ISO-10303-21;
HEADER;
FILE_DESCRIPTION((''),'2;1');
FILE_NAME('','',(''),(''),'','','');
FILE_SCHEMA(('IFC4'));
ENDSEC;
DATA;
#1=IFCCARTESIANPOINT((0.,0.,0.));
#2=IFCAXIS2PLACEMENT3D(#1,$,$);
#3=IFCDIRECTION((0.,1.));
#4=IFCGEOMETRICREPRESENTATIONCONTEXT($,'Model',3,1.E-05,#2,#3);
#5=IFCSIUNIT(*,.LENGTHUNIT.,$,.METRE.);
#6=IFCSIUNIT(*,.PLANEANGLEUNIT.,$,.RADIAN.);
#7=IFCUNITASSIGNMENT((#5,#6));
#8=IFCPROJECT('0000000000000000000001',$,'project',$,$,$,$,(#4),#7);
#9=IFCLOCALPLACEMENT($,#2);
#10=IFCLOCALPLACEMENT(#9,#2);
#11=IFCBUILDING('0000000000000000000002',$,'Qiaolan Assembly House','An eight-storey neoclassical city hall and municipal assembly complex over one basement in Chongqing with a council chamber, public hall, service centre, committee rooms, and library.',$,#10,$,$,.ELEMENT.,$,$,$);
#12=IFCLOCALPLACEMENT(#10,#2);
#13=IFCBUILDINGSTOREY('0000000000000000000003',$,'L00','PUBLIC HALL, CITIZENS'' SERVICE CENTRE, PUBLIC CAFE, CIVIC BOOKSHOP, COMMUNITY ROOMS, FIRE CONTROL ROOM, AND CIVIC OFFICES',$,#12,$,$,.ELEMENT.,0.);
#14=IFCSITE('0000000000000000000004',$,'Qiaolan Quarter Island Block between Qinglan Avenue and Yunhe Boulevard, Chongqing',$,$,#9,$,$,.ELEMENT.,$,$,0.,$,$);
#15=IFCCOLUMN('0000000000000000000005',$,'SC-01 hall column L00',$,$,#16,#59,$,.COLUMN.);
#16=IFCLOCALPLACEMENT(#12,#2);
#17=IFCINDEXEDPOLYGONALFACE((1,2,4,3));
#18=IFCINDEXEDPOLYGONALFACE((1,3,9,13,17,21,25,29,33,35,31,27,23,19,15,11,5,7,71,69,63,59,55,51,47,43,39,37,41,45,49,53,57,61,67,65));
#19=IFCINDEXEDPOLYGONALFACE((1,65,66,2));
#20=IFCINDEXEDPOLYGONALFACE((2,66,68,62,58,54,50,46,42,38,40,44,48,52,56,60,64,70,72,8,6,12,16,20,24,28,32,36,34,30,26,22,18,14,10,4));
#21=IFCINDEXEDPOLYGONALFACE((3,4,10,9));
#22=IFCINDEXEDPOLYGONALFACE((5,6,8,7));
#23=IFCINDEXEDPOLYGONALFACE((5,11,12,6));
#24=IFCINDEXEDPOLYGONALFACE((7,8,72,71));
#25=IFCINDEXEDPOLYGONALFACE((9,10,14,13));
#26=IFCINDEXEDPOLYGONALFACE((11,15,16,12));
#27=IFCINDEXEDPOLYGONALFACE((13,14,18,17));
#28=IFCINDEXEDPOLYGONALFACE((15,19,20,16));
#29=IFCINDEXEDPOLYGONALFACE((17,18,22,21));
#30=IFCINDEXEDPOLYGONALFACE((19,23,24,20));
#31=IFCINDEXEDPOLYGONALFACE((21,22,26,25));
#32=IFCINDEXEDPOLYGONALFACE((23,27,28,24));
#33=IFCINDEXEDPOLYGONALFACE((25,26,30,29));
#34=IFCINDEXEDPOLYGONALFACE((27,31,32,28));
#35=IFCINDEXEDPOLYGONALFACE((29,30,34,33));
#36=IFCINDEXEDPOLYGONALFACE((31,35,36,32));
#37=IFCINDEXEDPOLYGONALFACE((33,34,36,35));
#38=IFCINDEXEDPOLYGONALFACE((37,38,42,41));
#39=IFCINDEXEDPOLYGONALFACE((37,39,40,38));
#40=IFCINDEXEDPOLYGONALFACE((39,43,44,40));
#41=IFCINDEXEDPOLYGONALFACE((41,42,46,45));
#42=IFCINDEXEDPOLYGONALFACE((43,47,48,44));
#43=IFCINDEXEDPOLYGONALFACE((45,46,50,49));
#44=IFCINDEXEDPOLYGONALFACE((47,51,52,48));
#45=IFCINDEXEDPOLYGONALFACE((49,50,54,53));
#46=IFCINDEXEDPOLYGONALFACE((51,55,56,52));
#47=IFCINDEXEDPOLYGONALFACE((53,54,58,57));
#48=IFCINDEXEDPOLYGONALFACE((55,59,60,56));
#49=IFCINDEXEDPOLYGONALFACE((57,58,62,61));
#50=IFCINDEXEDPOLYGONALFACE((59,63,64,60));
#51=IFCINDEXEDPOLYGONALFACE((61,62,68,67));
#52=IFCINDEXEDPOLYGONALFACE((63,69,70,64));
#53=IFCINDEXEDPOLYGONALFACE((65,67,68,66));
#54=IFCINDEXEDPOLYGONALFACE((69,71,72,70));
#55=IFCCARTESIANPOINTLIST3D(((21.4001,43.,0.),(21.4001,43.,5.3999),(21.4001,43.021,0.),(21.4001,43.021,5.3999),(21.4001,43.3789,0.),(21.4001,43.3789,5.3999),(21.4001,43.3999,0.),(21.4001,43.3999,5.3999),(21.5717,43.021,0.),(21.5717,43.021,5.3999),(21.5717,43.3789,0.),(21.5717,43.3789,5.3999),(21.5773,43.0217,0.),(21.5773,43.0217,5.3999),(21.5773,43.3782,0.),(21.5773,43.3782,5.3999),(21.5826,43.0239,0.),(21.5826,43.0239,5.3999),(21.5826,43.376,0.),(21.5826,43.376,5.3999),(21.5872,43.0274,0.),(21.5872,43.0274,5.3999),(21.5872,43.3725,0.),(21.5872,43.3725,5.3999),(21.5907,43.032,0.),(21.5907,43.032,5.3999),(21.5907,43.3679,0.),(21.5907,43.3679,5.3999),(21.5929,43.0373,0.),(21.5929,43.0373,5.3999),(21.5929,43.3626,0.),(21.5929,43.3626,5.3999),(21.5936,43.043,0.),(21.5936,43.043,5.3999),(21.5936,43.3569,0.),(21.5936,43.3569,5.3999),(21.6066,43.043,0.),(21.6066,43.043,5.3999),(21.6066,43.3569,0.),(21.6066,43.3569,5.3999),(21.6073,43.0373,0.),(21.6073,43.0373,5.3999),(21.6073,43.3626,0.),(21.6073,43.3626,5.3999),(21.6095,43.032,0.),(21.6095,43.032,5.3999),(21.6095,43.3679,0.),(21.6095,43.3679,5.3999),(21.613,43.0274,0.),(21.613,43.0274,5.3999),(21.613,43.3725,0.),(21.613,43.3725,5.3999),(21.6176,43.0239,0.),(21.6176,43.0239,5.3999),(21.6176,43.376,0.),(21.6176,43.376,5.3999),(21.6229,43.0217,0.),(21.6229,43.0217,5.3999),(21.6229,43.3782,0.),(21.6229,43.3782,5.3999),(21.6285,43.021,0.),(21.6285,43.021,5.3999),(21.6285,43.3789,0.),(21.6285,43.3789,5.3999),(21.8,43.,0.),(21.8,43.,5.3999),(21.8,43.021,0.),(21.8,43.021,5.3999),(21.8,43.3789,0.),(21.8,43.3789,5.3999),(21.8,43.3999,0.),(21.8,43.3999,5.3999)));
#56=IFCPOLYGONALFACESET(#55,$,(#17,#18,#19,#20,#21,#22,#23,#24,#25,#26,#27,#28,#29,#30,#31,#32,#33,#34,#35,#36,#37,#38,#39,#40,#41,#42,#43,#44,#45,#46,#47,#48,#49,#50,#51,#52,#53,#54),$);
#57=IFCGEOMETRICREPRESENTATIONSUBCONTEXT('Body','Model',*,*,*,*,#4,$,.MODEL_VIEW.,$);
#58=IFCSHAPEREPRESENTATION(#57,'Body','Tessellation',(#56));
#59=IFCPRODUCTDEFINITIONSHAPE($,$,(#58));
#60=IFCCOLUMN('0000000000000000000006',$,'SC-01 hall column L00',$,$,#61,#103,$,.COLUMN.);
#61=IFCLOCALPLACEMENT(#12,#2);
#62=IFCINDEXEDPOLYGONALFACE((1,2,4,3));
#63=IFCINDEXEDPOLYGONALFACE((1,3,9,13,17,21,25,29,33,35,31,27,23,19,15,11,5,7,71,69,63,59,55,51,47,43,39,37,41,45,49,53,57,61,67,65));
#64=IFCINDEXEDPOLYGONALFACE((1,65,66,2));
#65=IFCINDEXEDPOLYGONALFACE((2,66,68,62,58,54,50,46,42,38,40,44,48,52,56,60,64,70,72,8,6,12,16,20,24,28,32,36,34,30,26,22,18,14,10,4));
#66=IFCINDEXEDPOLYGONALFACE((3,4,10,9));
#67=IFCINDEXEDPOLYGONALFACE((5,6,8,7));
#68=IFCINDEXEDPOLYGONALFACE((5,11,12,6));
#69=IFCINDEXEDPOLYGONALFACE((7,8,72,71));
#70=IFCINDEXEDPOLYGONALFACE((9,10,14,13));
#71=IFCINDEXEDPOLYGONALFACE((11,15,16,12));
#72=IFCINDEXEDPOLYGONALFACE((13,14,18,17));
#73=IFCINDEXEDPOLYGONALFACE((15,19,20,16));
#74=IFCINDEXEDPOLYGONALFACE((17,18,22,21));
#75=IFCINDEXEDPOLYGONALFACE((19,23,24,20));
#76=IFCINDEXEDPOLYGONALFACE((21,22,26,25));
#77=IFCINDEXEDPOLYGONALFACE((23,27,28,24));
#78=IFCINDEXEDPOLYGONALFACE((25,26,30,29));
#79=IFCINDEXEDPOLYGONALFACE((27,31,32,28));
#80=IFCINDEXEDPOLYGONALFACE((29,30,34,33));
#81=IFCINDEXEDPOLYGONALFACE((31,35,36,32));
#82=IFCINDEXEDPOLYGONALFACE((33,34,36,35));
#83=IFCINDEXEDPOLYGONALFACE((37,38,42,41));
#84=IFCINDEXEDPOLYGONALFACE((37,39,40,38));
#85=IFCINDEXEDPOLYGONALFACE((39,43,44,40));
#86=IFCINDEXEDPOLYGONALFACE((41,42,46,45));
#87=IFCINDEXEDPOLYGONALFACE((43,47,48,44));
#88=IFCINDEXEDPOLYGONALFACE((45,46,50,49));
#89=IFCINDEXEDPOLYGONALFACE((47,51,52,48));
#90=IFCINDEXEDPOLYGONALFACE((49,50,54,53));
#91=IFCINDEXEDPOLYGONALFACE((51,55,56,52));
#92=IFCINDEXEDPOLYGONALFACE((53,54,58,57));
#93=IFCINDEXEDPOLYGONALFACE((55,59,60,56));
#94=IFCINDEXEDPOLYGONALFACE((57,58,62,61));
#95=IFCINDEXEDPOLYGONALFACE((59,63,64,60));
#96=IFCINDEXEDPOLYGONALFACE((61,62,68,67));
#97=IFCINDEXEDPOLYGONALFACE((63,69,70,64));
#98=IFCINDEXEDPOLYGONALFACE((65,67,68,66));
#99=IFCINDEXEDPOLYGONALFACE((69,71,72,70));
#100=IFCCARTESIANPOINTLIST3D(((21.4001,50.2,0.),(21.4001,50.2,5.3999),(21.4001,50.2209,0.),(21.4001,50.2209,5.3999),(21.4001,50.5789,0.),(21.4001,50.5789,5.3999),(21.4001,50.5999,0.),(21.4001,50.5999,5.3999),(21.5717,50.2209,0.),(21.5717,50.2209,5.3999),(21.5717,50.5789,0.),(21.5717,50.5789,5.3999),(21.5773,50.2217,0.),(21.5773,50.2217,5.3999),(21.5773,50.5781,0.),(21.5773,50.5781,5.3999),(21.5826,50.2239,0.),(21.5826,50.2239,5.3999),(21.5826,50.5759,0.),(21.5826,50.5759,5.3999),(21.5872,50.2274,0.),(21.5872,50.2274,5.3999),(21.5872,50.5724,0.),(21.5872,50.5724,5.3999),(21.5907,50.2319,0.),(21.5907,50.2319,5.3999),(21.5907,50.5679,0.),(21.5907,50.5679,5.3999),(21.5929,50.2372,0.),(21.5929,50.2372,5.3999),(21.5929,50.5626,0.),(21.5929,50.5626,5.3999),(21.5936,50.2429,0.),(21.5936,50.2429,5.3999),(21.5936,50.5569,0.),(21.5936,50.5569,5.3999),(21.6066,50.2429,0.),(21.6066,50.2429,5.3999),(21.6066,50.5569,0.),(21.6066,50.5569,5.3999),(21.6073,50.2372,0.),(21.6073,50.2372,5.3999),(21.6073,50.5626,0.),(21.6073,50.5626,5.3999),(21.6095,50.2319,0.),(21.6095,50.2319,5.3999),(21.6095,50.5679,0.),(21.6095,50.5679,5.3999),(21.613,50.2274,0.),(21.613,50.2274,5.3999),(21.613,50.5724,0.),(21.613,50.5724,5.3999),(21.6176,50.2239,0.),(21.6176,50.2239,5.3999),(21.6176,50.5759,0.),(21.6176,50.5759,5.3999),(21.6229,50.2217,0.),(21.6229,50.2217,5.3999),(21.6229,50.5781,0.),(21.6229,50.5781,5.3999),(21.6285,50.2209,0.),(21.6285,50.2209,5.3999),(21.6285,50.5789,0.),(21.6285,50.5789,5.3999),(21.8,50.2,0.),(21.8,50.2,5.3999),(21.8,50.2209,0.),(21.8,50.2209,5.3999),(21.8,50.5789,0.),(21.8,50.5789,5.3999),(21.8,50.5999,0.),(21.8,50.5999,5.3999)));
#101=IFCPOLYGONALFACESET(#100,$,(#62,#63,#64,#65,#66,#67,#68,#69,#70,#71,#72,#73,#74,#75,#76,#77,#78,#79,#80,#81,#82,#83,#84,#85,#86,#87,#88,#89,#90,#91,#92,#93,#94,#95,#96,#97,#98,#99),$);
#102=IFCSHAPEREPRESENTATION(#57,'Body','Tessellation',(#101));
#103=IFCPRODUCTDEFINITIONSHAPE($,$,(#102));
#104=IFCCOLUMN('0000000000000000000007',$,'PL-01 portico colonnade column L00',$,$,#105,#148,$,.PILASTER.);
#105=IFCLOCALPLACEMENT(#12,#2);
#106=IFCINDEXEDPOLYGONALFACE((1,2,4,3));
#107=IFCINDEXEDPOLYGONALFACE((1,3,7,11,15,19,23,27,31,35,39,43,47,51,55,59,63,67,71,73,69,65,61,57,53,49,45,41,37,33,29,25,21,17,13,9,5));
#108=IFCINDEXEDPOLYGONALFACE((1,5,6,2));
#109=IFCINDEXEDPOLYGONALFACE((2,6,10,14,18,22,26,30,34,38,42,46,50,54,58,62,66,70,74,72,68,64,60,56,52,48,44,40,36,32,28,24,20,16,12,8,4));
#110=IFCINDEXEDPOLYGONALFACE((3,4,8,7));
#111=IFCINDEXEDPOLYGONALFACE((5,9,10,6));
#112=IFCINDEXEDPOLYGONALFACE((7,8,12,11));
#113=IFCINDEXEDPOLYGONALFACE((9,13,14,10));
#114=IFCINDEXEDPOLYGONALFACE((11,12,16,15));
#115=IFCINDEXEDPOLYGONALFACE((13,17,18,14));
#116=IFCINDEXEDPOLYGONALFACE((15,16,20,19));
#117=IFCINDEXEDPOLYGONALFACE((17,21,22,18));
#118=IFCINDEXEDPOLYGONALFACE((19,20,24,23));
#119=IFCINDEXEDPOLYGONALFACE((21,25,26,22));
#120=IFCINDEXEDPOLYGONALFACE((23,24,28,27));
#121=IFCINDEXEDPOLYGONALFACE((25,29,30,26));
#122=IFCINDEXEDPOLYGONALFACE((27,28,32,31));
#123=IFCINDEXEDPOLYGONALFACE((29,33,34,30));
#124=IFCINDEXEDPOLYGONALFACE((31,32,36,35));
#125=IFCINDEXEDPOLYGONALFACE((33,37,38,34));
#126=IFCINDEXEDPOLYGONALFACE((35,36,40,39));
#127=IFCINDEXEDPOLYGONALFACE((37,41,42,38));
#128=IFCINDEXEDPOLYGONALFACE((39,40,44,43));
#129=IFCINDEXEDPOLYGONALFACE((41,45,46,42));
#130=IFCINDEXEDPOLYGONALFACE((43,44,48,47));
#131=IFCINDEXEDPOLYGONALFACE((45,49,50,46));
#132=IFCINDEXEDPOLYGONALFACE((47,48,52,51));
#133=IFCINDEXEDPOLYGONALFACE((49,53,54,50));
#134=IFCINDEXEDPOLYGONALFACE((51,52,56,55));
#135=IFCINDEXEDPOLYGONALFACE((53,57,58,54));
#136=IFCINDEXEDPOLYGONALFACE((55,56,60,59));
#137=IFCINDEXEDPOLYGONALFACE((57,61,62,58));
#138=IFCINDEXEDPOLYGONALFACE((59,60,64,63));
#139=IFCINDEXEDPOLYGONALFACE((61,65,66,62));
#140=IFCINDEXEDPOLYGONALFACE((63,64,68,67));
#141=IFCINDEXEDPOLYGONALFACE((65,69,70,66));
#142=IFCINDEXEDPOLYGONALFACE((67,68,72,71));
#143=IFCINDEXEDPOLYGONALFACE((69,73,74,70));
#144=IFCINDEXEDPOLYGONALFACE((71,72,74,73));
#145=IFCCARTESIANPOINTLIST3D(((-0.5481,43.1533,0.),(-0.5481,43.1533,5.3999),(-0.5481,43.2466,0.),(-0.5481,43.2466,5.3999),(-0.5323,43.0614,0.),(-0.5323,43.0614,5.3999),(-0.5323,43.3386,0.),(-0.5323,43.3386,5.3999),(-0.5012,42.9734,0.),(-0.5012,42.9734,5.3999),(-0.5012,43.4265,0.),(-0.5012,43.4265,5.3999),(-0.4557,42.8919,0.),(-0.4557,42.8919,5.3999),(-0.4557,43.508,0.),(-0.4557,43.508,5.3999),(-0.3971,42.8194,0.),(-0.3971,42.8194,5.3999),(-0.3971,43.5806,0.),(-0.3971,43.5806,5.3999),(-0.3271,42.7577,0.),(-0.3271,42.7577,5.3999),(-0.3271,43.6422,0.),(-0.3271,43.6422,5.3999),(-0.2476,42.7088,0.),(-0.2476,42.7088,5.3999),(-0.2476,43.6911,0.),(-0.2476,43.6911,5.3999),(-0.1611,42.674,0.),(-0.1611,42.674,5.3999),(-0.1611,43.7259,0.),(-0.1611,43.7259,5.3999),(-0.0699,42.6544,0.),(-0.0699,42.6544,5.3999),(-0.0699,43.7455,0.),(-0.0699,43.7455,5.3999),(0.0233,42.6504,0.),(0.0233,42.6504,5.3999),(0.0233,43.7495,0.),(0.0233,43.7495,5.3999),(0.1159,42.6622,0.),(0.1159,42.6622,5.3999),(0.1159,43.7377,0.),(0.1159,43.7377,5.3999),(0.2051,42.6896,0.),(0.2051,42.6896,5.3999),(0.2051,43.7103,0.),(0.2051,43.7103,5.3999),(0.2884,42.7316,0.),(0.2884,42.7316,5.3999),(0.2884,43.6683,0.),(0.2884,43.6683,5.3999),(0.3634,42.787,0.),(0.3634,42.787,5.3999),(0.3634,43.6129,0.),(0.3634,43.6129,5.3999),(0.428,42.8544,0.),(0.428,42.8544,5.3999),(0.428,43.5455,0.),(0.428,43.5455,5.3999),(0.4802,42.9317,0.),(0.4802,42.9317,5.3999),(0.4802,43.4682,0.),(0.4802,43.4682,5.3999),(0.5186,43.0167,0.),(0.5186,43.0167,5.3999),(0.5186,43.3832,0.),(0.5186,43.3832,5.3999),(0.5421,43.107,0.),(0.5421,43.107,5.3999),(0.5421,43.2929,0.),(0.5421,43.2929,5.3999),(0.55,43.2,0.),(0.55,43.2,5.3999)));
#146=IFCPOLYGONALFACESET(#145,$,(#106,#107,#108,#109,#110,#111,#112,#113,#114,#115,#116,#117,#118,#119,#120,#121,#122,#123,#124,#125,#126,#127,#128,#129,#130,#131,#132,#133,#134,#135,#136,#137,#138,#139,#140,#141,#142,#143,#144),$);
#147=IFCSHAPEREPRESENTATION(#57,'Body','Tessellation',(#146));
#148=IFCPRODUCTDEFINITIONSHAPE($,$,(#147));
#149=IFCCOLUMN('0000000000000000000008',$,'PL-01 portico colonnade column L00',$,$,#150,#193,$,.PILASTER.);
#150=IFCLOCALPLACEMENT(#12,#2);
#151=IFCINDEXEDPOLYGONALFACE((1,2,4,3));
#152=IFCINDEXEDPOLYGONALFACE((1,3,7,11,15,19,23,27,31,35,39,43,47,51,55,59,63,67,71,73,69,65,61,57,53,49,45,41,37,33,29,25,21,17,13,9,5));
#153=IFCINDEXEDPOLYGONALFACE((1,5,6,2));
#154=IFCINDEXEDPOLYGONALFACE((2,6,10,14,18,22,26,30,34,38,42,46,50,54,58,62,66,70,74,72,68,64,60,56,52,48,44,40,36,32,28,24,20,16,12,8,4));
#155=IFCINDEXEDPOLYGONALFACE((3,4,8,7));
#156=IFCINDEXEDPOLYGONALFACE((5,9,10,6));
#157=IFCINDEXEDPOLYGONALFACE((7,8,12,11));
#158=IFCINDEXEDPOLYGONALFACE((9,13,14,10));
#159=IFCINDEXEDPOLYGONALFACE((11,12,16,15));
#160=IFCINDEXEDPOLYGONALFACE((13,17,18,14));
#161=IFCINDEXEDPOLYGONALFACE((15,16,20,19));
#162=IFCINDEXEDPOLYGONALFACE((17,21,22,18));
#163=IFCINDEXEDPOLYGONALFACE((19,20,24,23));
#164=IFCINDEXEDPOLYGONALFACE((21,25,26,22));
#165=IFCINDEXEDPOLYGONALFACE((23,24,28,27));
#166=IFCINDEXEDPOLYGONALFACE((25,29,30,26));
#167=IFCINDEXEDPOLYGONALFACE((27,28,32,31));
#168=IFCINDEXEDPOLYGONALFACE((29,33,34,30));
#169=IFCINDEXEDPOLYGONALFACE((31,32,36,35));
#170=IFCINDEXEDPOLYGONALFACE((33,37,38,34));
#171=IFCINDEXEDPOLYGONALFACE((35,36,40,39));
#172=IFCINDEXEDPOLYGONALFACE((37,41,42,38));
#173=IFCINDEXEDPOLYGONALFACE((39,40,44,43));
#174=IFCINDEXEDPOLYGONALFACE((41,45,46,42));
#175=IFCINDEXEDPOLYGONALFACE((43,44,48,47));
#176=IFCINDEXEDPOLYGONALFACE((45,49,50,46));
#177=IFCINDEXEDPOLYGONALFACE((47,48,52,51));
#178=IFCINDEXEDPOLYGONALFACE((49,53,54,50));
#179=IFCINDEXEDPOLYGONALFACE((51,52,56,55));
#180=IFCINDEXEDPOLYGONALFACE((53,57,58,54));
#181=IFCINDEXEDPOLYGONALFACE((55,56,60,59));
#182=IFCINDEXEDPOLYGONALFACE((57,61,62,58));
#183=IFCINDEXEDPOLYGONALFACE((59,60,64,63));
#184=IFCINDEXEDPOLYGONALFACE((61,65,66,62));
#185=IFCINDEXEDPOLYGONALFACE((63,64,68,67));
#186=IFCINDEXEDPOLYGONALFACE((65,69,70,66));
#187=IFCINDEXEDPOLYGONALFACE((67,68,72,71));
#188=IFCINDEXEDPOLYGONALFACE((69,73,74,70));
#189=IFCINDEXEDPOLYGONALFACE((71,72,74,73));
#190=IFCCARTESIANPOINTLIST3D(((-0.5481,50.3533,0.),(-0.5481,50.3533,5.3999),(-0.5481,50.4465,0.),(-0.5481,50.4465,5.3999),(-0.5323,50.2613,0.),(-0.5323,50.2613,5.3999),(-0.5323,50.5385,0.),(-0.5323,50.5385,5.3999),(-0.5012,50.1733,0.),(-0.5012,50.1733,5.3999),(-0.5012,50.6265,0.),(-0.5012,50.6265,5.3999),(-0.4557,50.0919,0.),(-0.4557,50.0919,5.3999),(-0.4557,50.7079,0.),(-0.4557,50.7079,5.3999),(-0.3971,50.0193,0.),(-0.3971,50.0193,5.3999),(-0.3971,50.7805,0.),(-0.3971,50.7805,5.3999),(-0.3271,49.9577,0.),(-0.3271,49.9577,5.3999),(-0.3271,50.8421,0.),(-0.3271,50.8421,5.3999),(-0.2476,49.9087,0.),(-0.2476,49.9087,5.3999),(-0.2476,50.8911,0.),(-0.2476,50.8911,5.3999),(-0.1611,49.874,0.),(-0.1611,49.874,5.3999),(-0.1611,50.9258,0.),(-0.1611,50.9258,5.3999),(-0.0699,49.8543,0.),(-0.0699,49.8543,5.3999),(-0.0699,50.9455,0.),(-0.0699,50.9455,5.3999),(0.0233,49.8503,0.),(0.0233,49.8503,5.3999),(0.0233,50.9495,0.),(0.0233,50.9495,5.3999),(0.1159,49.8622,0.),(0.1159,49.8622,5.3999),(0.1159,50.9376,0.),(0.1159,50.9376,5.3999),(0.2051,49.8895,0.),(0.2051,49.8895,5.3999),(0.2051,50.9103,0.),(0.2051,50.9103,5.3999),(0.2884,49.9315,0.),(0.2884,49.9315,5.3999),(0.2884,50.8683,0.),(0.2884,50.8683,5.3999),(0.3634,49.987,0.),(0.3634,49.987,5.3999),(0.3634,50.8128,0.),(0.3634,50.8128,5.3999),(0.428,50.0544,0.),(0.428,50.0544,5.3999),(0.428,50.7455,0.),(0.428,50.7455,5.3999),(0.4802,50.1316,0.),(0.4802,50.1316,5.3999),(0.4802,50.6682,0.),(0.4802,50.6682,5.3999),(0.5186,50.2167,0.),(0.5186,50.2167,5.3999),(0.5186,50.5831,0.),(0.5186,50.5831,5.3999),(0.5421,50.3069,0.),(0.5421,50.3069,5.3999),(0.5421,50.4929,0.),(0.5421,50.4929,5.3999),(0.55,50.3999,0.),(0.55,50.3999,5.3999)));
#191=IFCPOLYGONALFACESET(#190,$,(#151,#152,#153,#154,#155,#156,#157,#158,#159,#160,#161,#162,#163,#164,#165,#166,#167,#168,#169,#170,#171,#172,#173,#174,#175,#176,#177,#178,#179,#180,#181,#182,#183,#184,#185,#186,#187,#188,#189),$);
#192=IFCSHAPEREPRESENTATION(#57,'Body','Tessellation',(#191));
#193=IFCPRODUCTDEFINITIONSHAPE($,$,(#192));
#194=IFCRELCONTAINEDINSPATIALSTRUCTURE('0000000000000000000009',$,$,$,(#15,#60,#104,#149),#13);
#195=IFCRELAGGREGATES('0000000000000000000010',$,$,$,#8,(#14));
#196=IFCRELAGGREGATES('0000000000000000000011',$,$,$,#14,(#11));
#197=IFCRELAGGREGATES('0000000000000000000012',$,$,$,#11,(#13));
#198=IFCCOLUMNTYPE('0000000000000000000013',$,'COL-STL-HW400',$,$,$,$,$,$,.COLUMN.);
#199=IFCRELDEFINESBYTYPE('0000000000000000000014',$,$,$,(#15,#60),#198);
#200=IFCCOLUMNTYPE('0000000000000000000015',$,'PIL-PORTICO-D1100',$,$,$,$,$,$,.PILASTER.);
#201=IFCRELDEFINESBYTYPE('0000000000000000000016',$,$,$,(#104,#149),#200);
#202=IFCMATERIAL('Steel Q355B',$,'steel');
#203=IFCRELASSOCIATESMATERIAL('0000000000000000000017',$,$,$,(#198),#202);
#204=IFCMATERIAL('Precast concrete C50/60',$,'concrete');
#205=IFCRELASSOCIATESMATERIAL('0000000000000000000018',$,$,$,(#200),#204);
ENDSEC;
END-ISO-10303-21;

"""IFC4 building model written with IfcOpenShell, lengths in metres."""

from ifc_helpers import new_model, si_unit, direction, frame, origin, origin_2d, place, context, subcontext, project, spatial, circle, i_section, extrude, material, material_profile, profile_set, type_object, element, save


model = new_model("IFC4")

# Units and contexts
model_context = context("Model", 3, precision=1e-05, world=origin(), true_north=direction((0.0, 1.0)))
body_context = subcontext(model_context, "Body", "Model", "MODEL_VIEW")
ifc_project = project(units=[si_unit("LENGTHUNIT", "METRE"), si_unit("PLANEANGLEUNIT", "RADIAN")], contexts=[model_context])

# Site, building, storey
site_placement = place(None, origin())
site = spatial("IfcSite", under=ifc_project, at=site_placement, Name="Qiaolan Quarter Island Block between Qinglan Avenue and Yunhe Boulevard, Chongqing", CompositionType="ELEMENT", RefElevation=0.0)
building_placement = place(site_placement, origin())
building = spatial("IfcBuilding", under=site, at=building_placement, Name="Qiaolan Assembly House", Description="An eight-storey neoclassical city hall and municipal assembly complex over one basement in Chongqing with a council chamber, public hall, service centre, committee rooms, and library.", CompositionType="ELEMENT")
storey_placement = place(building_placement, origin())
storey = spatial("IfcBuildingStorey", under=building, at=storey_placement, Name="L00", Description="PUBLIC HALL, CITIZENS' SERVICE CENTRE, PUBLIC CAFE, CIVIC BOOKSHOP, COMMUNITY ROOMS, FIRE CONTROL ROOM, AND CIVIC OFFICES", CompositionType="ELEMENT", Elevation=0.0)

# Columns
ifc_material_1 = material(Name="Steel Q355B", Category="steel")
ifc_material_profile_1 = material_profile(ifc_material_1, i_section(OverallWidth=0.3999, OverallDepth=0.3999, WebThickness=0.0129, FlangeThickness=0.021, FilletRadius=0.022, at=origin_2d()), Name="HW 400x400x13x21")
ifc_profile_set_1 = profile_set([ifc_material_profile_1], Name="Steel Q355B")
column_type_1 = type_object("IfcColumnType", Name="COL-STL-HW400", PredefinedType="COLUMN", material=ifc_profile_set_1)
for number, where, z_axis, x_axis, name in (
    (1, (21.6001, 43.2, 0.0), (0.0, 0.0, 1.0), (1.0, 0.0, 0.0), "SC-01 hall column L00"),
    (2, (21.6001, 50.3999, 0.0), (0.0, 0.0, 1.0), (1.0, 0.0, 0.0), "SC-01 hall column L00"),
):
    element("IfcColumn", number, at=place(storey_placement, frame(where, z_axis=z_axis, x_axis=x_axis)), inside=storey, type_object=column_type_1, Name=name, PredefinedType="COLUMN", context=body_context, shape_type="SweptSolid", body=[
        extrude(i_section(OverallWidth=0.3999, OverallDepth=0.3999, WebThickness=0.0129, FlangeThickness=0.021, FilletRadius=0.022, at=origin_2d()), origin(), (0.0, 0.0, 1.0), 5.3999),
    ])
ifc_material_2 = material(Name="Precast concrete C50/60", Category="concrete")
ifc_material_profile_2 = material_profile(ifc_material_2, circle(Radius=0.55, at=origin_2d()), Name="CIRC D1100")
ifc_profile_set_2 = profile_set([ifc_material_profile_2], Name="Precast concrete C50/60")
column_type_2 = type_object("IfcColumnType", Name="PIL-PORTICO-D1100", PredefinedType="PILASTER", material=ifc_profile_set_2)
for number, where, z_axis, x_axis, name in (
    (3, (0.0, 43.2, 0.0), (0.0, 0.0, 1.0), (1.0, 0.0, 0.0), "PL-01 portico colonnade column L00"),
    (4, (0.0, 50.3999, 0.0), (0.0, 0.0, 1.0), (1.0, 0.0, 0.0), "PL-01 portico colonnade column L00"),
):
    element("IfcColumn", number, at=place(storey_placement, frame(where, z_axis=z_axis, x_axis=x_axis)), inside=storey, type_object=column_type_2, Name=name, PredefinedType="PILASTER", context=body_context, shape_type="SweptSolid", body=[
        extrude(circle(Radius=0.55, at=origin_2d()), origin(), (0.0, 0.0, 1.0), 5.3999),
    ])

save(model, "model.ifc")
